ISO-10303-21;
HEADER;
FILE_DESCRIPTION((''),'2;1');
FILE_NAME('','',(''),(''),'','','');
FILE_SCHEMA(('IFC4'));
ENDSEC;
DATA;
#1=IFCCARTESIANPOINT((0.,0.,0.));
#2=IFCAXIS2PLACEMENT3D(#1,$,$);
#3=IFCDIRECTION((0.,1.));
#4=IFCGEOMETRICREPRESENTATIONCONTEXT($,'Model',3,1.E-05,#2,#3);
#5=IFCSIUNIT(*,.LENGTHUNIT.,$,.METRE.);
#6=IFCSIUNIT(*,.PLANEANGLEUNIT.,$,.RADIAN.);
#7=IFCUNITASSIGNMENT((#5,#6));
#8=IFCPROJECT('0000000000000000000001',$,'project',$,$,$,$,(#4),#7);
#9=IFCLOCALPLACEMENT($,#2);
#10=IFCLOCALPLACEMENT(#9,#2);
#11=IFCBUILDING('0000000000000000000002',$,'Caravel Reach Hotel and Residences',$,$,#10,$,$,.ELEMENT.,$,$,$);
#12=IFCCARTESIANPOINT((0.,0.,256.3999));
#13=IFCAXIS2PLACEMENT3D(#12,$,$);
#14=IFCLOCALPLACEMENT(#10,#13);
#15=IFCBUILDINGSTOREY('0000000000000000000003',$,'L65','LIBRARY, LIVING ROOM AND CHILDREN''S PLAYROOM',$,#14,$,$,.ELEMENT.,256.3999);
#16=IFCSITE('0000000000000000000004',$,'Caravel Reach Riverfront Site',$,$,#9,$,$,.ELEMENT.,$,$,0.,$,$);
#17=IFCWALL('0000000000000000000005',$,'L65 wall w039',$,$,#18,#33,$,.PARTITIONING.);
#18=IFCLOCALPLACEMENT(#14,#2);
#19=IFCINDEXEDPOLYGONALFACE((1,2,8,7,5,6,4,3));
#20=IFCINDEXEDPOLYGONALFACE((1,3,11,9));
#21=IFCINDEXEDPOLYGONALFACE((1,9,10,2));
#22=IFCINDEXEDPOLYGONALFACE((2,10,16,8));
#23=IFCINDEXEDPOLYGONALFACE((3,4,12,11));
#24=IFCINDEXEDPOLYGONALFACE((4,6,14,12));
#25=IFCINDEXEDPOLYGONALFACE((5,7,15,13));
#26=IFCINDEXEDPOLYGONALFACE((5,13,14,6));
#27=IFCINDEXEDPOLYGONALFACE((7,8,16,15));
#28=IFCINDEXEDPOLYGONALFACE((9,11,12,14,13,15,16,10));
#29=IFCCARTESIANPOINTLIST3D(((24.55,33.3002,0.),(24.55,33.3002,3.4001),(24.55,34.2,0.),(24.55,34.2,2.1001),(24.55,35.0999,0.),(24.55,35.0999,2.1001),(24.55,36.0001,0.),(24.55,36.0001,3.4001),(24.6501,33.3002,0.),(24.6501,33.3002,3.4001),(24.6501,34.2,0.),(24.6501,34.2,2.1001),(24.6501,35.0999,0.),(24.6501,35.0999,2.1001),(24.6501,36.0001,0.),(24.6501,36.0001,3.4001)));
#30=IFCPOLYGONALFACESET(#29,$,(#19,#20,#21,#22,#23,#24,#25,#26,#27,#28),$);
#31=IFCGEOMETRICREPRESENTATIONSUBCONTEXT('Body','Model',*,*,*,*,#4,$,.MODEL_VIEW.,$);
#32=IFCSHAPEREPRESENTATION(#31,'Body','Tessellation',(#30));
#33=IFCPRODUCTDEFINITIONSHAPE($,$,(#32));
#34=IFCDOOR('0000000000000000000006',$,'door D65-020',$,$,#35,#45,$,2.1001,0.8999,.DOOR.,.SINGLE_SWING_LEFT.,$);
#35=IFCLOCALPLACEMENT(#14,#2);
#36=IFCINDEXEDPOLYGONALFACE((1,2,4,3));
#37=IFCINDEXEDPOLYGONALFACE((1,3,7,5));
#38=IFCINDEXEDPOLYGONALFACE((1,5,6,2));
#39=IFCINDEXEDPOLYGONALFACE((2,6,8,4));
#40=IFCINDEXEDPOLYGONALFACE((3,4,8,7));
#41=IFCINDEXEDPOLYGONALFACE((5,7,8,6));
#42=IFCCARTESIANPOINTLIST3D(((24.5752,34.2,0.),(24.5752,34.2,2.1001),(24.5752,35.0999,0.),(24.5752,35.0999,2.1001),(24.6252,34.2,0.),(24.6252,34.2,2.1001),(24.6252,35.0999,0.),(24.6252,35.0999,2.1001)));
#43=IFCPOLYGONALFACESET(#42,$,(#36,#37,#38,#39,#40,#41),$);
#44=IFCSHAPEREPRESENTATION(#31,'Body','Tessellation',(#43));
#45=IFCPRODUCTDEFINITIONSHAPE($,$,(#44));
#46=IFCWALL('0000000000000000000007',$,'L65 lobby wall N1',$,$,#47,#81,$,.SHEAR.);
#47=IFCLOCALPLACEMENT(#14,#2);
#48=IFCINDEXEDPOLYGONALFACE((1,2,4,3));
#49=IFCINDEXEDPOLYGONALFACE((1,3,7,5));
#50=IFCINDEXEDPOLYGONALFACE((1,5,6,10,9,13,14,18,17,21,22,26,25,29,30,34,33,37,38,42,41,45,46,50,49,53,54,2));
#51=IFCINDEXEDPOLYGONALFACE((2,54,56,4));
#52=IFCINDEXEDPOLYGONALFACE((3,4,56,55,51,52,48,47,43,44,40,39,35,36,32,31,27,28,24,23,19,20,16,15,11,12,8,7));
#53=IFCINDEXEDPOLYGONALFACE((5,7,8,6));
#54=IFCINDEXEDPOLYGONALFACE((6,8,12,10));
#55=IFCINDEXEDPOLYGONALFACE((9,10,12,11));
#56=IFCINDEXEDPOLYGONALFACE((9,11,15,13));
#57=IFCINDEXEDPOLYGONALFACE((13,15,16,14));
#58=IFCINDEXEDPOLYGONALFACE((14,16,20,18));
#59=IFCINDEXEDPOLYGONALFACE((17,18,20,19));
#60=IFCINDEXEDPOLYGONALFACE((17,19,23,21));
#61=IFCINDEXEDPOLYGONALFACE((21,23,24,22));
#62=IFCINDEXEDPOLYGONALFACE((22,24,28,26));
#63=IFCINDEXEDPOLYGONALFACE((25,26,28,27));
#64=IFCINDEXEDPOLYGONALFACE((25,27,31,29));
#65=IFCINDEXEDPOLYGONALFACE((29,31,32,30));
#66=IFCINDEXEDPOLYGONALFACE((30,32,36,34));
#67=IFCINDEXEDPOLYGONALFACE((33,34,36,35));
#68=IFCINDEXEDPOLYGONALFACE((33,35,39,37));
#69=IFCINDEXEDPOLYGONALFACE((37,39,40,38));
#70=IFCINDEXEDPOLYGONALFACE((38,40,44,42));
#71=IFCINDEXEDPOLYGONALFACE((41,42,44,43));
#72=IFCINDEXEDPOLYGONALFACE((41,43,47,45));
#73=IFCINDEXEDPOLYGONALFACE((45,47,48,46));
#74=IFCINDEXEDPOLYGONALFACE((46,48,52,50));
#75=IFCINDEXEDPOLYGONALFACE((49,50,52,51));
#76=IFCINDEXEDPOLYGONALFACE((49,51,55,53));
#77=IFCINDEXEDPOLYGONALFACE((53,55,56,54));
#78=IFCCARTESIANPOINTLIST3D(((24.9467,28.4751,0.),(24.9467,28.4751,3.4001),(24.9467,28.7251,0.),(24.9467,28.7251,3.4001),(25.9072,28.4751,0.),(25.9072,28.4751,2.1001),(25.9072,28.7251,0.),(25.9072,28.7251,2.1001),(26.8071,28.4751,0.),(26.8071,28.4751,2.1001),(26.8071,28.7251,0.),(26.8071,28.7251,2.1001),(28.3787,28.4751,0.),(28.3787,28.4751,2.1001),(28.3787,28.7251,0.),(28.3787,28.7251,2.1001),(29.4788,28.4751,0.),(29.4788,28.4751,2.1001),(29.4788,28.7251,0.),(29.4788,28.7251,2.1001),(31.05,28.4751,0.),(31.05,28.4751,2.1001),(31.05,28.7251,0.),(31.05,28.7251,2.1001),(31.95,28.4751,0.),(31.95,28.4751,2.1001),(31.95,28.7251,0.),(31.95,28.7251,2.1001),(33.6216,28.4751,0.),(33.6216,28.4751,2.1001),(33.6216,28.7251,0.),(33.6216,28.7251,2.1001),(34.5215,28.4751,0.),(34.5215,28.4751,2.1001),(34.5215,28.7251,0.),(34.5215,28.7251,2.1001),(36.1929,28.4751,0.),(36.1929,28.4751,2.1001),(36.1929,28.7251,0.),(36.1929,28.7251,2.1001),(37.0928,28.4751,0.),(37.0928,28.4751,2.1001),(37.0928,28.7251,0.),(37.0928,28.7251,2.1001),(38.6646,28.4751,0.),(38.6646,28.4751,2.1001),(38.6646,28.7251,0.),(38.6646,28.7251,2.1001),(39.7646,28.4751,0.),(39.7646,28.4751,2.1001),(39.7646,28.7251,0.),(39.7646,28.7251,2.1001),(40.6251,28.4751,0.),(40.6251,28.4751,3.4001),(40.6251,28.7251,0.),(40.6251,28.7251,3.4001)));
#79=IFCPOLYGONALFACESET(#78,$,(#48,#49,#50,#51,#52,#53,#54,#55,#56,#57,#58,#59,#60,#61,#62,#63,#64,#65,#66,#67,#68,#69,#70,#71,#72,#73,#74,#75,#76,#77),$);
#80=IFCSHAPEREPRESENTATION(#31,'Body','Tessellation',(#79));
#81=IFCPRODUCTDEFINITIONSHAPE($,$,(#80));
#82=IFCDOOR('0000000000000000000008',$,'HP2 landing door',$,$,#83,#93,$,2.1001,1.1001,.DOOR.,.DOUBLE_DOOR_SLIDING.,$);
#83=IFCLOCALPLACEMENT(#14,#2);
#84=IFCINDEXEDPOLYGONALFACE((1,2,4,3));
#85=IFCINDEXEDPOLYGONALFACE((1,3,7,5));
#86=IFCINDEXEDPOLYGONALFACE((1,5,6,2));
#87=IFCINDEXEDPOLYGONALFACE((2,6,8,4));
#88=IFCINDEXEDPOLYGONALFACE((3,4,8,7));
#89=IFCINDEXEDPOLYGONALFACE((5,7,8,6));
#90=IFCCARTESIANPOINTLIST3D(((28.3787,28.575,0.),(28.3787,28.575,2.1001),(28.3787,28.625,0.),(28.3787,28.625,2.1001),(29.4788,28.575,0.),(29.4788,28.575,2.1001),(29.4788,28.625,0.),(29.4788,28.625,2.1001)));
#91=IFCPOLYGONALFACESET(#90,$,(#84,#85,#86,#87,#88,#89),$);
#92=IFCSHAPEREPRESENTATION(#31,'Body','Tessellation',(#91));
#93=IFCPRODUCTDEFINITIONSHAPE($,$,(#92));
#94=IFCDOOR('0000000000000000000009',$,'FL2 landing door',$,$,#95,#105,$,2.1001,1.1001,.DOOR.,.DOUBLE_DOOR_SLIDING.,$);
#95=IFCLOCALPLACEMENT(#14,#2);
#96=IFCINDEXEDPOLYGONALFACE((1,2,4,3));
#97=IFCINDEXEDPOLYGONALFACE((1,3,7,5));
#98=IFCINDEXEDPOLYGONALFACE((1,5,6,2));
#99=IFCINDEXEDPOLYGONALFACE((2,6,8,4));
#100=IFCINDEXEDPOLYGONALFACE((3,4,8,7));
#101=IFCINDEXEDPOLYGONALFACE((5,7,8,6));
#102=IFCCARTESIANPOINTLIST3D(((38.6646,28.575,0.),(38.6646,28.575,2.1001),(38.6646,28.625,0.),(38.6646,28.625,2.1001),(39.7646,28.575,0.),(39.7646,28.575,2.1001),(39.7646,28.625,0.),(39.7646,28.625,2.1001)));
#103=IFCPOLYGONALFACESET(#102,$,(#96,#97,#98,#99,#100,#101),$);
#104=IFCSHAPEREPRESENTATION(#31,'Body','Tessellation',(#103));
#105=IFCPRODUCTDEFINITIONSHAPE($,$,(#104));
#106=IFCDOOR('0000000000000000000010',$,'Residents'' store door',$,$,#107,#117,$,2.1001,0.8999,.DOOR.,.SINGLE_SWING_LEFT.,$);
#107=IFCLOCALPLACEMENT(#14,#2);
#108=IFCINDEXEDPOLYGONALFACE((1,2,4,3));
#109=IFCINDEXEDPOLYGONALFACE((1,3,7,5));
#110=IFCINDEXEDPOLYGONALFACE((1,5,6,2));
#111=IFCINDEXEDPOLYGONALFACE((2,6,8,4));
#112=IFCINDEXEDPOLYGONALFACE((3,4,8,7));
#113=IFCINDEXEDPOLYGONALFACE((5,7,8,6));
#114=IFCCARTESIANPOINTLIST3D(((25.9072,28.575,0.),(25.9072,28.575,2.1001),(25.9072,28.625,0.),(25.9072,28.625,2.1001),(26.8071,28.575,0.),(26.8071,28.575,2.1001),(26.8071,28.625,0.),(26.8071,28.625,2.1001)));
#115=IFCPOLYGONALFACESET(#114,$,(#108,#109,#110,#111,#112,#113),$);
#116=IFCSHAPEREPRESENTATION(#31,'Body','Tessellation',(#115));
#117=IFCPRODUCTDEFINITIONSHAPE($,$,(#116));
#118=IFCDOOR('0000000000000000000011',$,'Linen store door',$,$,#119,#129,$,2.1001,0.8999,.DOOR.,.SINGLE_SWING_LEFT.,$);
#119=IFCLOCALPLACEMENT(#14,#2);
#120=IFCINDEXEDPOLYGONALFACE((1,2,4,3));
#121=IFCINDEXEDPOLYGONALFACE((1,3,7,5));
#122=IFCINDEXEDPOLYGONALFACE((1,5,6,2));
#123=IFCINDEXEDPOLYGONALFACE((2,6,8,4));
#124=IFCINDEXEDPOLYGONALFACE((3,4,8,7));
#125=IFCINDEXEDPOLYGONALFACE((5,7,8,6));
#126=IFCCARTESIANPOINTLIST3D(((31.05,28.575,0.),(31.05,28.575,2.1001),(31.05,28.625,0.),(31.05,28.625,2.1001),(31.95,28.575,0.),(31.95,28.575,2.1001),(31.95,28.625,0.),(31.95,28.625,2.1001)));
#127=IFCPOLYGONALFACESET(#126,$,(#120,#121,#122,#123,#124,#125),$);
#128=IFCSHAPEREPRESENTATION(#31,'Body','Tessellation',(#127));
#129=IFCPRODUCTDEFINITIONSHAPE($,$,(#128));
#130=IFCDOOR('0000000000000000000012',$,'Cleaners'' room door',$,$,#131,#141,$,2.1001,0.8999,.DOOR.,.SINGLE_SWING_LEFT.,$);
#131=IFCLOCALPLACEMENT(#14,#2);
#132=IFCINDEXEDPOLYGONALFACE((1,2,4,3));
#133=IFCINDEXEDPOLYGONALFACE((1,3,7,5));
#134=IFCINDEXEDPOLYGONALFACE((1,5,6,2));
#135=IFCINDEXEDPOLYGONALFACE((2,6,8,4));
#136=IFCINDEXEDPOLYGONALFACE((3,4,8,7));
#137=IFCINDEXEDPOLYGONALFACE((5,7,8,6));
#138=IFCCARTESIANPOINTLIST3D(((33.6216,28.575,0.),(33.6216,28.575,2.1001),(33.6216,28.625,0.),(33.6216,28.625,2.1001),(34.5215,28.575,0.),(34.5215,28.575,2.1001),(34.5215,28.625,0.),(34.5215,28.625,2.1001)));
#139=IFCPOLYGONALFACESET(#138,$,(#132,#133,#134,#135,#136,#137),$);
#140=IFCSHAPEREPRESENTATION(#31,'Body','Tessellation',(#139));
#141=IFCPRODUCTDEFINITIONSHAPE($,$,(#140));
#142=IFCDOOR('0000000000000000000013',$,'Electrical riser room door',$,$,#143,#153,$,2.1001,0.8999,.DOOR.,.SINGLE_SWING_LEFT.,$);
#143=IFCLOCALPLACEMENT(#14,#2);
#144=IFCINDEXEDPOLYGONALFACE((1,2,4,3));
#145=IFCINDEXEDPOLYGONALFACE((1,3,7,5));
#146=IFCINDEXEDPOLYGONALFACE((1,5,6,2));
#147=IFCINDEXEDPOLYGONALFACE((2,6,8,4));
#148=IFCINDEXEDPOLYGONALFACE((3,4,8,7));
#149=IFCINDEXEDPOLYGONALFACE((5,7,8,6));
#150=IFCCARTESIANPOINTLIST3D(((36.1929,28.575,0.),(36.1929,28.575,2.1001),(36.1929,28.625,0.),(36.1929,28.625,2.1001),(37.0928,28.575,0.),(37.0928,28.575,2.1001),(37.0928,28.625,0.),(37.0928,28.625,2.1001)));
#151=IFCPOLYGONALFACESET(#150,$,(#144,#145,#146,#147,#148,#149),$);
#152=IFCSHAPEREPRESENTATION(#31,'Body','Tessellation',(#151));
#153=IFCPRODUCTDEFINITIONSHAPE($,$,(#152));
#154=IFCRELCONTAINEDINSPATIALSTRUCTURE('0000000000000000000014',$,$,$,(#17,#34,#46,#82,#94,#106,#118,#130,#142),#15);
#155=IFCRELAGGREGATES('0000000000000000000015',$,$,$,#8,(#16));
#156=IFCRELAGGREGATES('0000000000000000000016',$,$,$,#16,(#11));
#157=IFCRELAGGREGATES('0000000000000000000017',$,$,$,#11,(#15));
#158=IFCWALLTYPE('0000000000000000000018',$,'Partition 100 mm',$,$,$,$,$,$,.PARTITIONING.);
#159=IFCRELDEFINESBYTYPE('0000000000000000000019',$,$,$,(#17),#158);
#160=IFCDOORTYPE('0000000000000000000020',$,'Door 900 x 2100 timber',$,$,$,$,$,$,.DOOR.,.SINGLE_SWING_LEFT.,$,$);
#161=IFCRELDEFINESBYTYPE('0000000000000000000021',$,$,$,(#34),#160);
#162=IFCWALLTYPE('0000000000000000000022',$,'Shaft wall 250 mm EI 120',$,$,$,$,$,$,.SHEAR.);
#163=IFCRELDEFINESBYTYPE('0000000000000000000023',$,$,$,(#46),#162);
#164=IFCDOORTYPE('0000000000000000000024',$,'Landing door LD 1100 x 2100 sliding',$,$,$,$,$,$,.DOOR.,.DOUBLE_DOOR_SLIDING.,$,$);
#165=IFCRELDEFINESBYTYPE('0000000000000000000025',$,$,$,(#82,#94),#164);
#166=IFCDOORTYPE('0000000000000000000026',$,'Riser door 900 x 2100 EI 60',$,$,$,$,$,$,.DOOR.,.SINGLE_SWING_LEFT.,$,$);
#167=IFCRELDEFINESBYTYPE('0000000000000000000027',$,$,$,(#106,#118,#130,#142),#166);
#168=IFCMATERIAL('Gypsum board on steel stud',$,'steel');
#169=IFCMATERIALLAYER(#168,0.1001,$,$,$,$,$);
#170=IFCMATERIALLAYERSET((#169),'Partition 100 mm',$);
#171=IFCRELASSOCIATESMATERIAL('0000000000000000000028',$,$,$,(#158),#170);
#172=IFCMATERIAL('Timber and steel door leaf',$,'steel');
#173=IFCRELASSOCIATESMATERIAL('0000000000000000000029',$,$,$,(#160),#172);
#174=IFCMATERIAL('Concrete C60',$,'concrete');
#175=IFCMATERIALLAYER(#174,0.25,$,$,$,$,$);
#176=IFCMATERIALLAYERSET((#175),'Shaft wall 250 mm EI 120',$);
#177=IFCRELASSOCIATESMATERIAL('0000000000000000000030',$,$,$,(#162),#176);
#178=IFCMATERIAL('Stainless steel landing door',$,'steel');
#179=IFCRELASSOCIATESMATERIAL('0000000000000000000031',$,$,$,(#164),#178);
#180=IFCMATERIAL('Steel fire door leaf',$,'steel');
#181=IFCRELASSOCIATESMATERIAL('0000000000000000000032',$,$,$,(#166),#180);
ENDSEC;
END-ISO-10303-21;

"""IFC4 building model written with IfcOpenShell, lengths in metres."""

from ifc_helpers import new_model, si_unit, direction, frame, frame_2d, origin, place, context, subcontext, project, spatial, rectangle, extrude, material, layer, layer_set, type_object, element, fill, save


model = new_model("IFC4")

# Units and contexts
model_context = context("Model", 3, precision=1e-05, world=origin(), true_north=direction((0.0, 1.0)))
body_context = subcontext(model_context, "Body", "Model", "MODEL_VIEW")
ifc_project = project(units=[si_unit("LENGTHUNIT", "METRE"), si_unit("PLANEANGLEUNIT", "RADIAN")], contexts=[model_context])

# Site, building, storey
site_placement = place(None, origin())
site = spatial("IfcSite", under=ifc_project, at=site_placement, Name="Caravel Reach Riverfront Site", CompositionType="ELEMENT", RefElevation=0.0)
building_placement = place(site_placement, origin())
building = spatial("IfcBuilding", under=site, at=building_placement, Name="Caravel Reach Hotel and Residences", CompositionType="ELEMENT")
storey_placement = place(building_placement, frame((0.0, 0.0, 256.3999)))
storey = spatial("IfcBuildingStorey", under=building, at=storey_placement, Name="L65", Description="LIBRARY, LIVING ROOM AND CHILDREN'S PLAYROOM", CompositionType="ELEMENT", Elevation=256.3999)

# Shared definitions
ifc_material_1 = material(Name="Gypsum board on steel stud", Category="steel")
ifc_layer_1 = layer(ifc_material_1, 0.1001)
ifc_layer_set_1 = layer_set([ifc_layer_1], Name="Partition 100 mm")
wall_type_1 = type_object("IfcWallType", Name="Partition 100 mm", PredefinedType="PARTITIONING", material=ifc_layer_set_1)

# Wall, opening, door
ifc_material_2 = material(Name="Timber and steel door leaf", Category="steel")
door_type_1 = type_object("IfcDoorType", Name="Door 900 x 2100 timber", OperationType="SINGLE_SWING_LEFT", PredefinedType="DOOR", material=ifc_material_2)
wall_1_placement = place(storey_placement, frame((24.6001, 33.3, 0.0), z_axis=(0.0, 0.0, 1.0), x_axis=(0.0, 1.0, 0.0)))
wall_1 = element("IfcWall", 1, at=wall_1_placement, inside=storey, type_object=wall_type_1, Name="L65 wall w039", PredefinedType="PARTITIONING", context=body_context, shape_type="SweptSolid", body=[
    extrude(rectangle(XDim=2.7, YDim=0.1001, at=frame_2d((1.3501, 0.0))), origin(), (0.0, 0.0, 1.0), 3.4001),
])
opening_1_placement = place(wall_1_placement, frame((0.8999, 0.0, 0.0)))
opening_1 = element("IfcOpeningElement", 2, at=opening_1_placement, cuts=wall_1, PredefinedType="OPENING", context=body_context, shape_type="SweptSolid", body=[
    extrude(rectangle(XDim=0.8999, YDim=2.1001, at=frame_2d((0.45, 1.05))), frame((0.0, 0.0601, 0.0), z_axis=(0.0, -1.0, 0.0), x_axis=(1.0, 0.0, 0.0)), (0.0, 0.0, 1.0), 0.1201),
])
door_1_placement = place(opening_1_placement, origin())
door_1 = element("IfcDoor", 3, at=door_1_placement, inside=storey, type_object=door_type_1, Name="door D65-020", OperationType="SINGLE_SWING_LEFT", OverallHeight=2.1001, OverallWidth=0.8999, PredefinedType="DOOR", context=body_context, shape_type="SweptSolid", body=[
    extrude(rectangle(XDim=0.8999, YDim=2.1001, at=frame_2d((0.45, 1.05))), frame((0.0, 0.0249, 0.0), z_axis=(0.0, -1.0, 0.0), x_axis=(1.0, 0.0, 0.0)), (0.0, 0.0, 1.0), 0.05),
])
fill(opening_1, door_1)

# Wall, openings, doors
ifc_material_3 = material(Name="Concrete C60", Category="concrete")
ifc_layer_2 = layer(ifc_material_3, 0.25)
ifc_layer_set_2 = layer_set([ifc_layer_2], Name="Shaft wall 250 mm EI 120")
wall_type_2 = type_object("IfcWallType", Name="Shaft wall 250 mm EI 120", PredefinedType="SHEAR", material=ifc_layer_set_2)
wall_2_placement = place(storey_placement, frame((24.9465, 28.6001, 0.0), z_axis=(0.0, 0.0, 1.0), x_axis=(1.0, 0.0, 0.0)))
wall_2 = element("IfcWall", 4, at=wall_2_placement, inside=storey, type_object=wall_type_2, Name="L65 lobby wall N1", PredefinedType="SHEAR", context=body_context, shape_type="SweptSolid", body=[
    extrude(rectangle(XDim=15.6785, YDim=0.25, at=frame_2d((7.8394, 0.0))), origin(), (0.0, 0.0, 1.0), 3.4001),
])
opening_2_placement = place(wall_2_placement, frame((3.4321, 0.0, 0.0)))
opening_2 = element("IfcOpeningElement", 5, at=opening_2_placement, cuts=wall_2, PredefinedType="OPENING", context=body_context, shape_type="SweptSolid", body=[
    extrude(rectangle(XDim=1.1001, YDim=2.1001, at=frame_2d((0.55, 1.05))), frame((0.0, 0.135, 0.0), z_axis=(0.0, -1.0, 0.0), x_axis=(1.0, 0.0, 0.0)), (0.0, 0.0, 1.0), 0.27),
])
opening_3_placement = place(wall_2_placement, frame((13.718, 0.0, 0.0)))
opening_3 = element("IfcOpeningElement", 6, at=opening_3_placement, cuts=wall_2, PredefinedType="OPENING", context=body_context, shape_type="SweptSolid", body=[
    extrude(rectangle(XDim=1.1001, YDim=2.1001, at=frame_2d((0.55, 1.05))), frame((0.0, 0.135, 0.0), z_axis=(0.0, -1.0, 0.0), x_axis=(1.0, 0.0, 0.0)), (0.0, 0.0, 1.0), 0.27),
])
opening_4_placement = place(wall_2_placement, frame((0.9607, 0.0, 0.0)))
opening_4 = element("IfcOpeningElement", 7, at=opening_4_placement, cuts=wall_2, PredefinedType="OPENING", context=body_context, shape_type="SweptSolid", body=[
    extrude(rectangle(XDim=0.8999, YDim=2.1001, at=frame_2d((0.45, 1.05))), frame((0.0, 0.135, 0.0), z_axis=(0.0, -1.0, 0.0), x_axis=(1.0, 0.0, 0.0)), (0.0, 0.0, 1.0), 0.27),
])
opening_5_placement = place(wall_2_placement, frame((6.1035, 0.0, 0.0)))
opening_5 = element("IfcOpeningElement", 8, at=opening_5_placement, cuts=wall_2, PredefinedType="OPENING", context=body_context, shape_type="SweptSolid", body=[
    extrude(rectangle(XDim=0.8999, YDim=2.1001, at=frame_2d((0.45, 1.05))), frame((0.0, 0.135, 0.0), z_axis=(0.0, -1.0, 0.0), x_axis=(1.0, 0.0, 0.0)), (0.0, 0.0, 1.0), 0.27),
])
opening_6_placement = place(wall_2_placement, frame((8.675, 0.0, 0.0)))
opening_6 = element("IfcOpeningElement", 9, at=opening_6_placement, cuts=wall_2, PredefinedType="OPENING", context=body_context, shape_type="SweptSolid", body=[
    extrude(rectangle(XDim=0.8999, YDim=2.1001, at=frame_2d((0.45, 1.05))), frame((0.0, 0.135, 0.0), z_axis=(0.0, -1.0, 0.0), x_axis=(1.0, 0.0, 0.0)), (0.0, 0.0, 1.0), 0.27),
])
opening_7_placement = place(wall_2_placement, frame((11.2463, 0.0, 0.0)))
opening_7 = element("IfcOpeningElement", 10, at=opening_7_placement, cuts=wall_2, PredefinedType="OPENING", context=body_context, shape_type="SweptSolid", body=[
    extrude(rectangle(XDim=0.8999, YDim=2.1001, at=frame_2d((0.45, 1.05))), frame((0.0, 0.135, 0.0), z_axis=(0.0, -1.0, 0.0), x_axis=(1.0, 0.0, 0.0)), (0.0, 0.0, 1.0), 0.27),
])
ifc_material_4 = material(Name="Stainless steel landing door", Category="steel")
door_type_2 = type_object("IfcDoorType", Name="Landing door LD 1100 x 2100 sliding", OperationType="DOUBLE_DOOR_SLIDING", PredefinedType="DOOR", material=ifc_material_4)
door_2_placement = place(opening_2_placement, origin())
door_2 = element("IfcDoor", 11, at=door_2_placement, inside=storey, type_object=door_type_2, Name="HP2 landing door", OperationType="DOUBLE_DOOR_SLIDING", OverallHeight=2.1001, OverallWidth=1.1001, PredefinedType="DOOR", context=body_context, shape_type="SweptSolid", body=[
    extrude(rectangle(XDim=1.1001, YDim=2.1001, at=frame_2d((0.55, 1.05))), frame((0.0, 0.0249, 0.0), z_axis=(0.0, -1.0, 0.0), x_axis=(1.0, 0.0, 0.0)), (0.0, 0.0, 1.0), 0.05),
])
fill(opening_2, door_2)
door_3_placement = place(opening_3_placement, origin())
door_3 = element("IfcDoor", 12, at=door_3_placement, inside=storey, type_object=door_type_2, Name="FL2 landing door", OperationType="DOUBLE_DOOR_SLIDING", OverallHeight=2.1001, OverallWidth=1.1001, PredefinedType="DOOR", context=body_context, shape_type="SweptSolid", body=[
    extrude(rectangle(XDim=1.1001, YDim=2.1001, at=frame_2d((0.55, 1.05))), frame((0.0, 0.0249, 0.0), z_axis=(0.0, -1.0, 0.0), x_axis=(1.0, 0.0, 0.0)), (0.0, 0.0, 1.0), 0.05),
])
fill(opening_3, door_3)
ifc_material_5 = material(Name="Steel fire door leaf", Category="steel")
door_type_3 = type_object("IfcDoorType", Name="Riser door 900 x 2100 EI 60", OperationType="SINGLE_SWING_LEFT", PredefinedType="DOOR", material=ifc_material_5)
door_4_placement = place(opening_4_placement, origin())
door_4 = element("IfcDoor", 13, at=door_4_placement, inside=storey, type_object=door_type_3, Name="Residents' store door", OperationType="SINGLE_SWING_LEFT", OverallHeight=2.1001, OverallWidth=0.8999, PredefinedType="DOOR", context=body_context, shape_type="SweptSolid", body=[
    extrude(rectangle(XDim=0.8999, YDim=2.1001, at=frame_2d((0.45, 1.05))), frame((0.0, 0.0249, 0.0), z_axis=(0.0, -1.0, 0.0), x_axis=(1.0, 0.0, 0.0)), (0.0, 0.0, 1.0), 0.05),
])
fill(opening_4, door_4)
door_5_placement = place(opening_5_placement, origin())
door_5 = element("IfcDoor", 14, at=door_5_placement, inside=storey, type_object=door_type_3, Name="Linen store door", OperationType="SINGLE_SWING_LEFT", OverallHeight=2.1001, OverallWidth=0.8999, PredefinedType="DOOR", context=body_context, shape_type="SweptSolid", body=[
    extrude(rectangle(XDim=0.8999, YDim=2.1001, at=frame_2d((0.45, 1.05))), frame((0.0, 0.0249, 0.0), z_axis=(0.0, -1.0, 0.0), x_axis=(1.0, 0.0, 0.0)), (0.0, 0.0, 1.0), 0.05),
])
fill(opening_5, door_5)
door_6_placement = place(opening_6_placement, origin())
door_6 = element("IfcDoor", 15, at=door_6_placement, inside=storey, type_object=door_type_3, Name="Cleaners' room door", OperationType="SINGLE_SWING_LEFT", OverallHeight=2.1001, OverallWidth=0.8999, PredefinedType="DOOR", context=body_context, shape_type="SweptSolid", body=[
    extrude(rectangle(XDim=0.8999, YDim=2.1001, at=frame_2d((0.45, 1.05))), frame((0.0, 0.0249, 0.0), z_axis=(0.0, -1.0, 0.0), x_axis=(1.0, 0.0, 0.0)), (0.0, 0.0, 1.0), 0.05),
])
fill(opening_6, door_6)
door_7_placement = place(opening_7_placement, origin())
door_7 = element("IfcDoor", 16, at=door_7_placement, inside=storey, type_object=door_type_3, Name="Electrical riser room door", OperationType="SINGLE_SWING_LEFT", OverallHeight=2.1001, OverallWidth=0.8999, PredefinedType="DOOR", context=body_context, shape_type="SweptSolid", body=[
    extrude(rectangle(XDim=0.8999, YDim=2.1001, at=frame_2d((0.45, 1.05))), frame((0.0, 0.0249, 0.0), z_axis=(0.0, -1.0, 0.0), x_axis=(1.0, 0.0, 0.0)), (0.0, 0.0, 1.0), 0.05),
])
fill(opening_7, door_7)

save(model, "model.ifc")
